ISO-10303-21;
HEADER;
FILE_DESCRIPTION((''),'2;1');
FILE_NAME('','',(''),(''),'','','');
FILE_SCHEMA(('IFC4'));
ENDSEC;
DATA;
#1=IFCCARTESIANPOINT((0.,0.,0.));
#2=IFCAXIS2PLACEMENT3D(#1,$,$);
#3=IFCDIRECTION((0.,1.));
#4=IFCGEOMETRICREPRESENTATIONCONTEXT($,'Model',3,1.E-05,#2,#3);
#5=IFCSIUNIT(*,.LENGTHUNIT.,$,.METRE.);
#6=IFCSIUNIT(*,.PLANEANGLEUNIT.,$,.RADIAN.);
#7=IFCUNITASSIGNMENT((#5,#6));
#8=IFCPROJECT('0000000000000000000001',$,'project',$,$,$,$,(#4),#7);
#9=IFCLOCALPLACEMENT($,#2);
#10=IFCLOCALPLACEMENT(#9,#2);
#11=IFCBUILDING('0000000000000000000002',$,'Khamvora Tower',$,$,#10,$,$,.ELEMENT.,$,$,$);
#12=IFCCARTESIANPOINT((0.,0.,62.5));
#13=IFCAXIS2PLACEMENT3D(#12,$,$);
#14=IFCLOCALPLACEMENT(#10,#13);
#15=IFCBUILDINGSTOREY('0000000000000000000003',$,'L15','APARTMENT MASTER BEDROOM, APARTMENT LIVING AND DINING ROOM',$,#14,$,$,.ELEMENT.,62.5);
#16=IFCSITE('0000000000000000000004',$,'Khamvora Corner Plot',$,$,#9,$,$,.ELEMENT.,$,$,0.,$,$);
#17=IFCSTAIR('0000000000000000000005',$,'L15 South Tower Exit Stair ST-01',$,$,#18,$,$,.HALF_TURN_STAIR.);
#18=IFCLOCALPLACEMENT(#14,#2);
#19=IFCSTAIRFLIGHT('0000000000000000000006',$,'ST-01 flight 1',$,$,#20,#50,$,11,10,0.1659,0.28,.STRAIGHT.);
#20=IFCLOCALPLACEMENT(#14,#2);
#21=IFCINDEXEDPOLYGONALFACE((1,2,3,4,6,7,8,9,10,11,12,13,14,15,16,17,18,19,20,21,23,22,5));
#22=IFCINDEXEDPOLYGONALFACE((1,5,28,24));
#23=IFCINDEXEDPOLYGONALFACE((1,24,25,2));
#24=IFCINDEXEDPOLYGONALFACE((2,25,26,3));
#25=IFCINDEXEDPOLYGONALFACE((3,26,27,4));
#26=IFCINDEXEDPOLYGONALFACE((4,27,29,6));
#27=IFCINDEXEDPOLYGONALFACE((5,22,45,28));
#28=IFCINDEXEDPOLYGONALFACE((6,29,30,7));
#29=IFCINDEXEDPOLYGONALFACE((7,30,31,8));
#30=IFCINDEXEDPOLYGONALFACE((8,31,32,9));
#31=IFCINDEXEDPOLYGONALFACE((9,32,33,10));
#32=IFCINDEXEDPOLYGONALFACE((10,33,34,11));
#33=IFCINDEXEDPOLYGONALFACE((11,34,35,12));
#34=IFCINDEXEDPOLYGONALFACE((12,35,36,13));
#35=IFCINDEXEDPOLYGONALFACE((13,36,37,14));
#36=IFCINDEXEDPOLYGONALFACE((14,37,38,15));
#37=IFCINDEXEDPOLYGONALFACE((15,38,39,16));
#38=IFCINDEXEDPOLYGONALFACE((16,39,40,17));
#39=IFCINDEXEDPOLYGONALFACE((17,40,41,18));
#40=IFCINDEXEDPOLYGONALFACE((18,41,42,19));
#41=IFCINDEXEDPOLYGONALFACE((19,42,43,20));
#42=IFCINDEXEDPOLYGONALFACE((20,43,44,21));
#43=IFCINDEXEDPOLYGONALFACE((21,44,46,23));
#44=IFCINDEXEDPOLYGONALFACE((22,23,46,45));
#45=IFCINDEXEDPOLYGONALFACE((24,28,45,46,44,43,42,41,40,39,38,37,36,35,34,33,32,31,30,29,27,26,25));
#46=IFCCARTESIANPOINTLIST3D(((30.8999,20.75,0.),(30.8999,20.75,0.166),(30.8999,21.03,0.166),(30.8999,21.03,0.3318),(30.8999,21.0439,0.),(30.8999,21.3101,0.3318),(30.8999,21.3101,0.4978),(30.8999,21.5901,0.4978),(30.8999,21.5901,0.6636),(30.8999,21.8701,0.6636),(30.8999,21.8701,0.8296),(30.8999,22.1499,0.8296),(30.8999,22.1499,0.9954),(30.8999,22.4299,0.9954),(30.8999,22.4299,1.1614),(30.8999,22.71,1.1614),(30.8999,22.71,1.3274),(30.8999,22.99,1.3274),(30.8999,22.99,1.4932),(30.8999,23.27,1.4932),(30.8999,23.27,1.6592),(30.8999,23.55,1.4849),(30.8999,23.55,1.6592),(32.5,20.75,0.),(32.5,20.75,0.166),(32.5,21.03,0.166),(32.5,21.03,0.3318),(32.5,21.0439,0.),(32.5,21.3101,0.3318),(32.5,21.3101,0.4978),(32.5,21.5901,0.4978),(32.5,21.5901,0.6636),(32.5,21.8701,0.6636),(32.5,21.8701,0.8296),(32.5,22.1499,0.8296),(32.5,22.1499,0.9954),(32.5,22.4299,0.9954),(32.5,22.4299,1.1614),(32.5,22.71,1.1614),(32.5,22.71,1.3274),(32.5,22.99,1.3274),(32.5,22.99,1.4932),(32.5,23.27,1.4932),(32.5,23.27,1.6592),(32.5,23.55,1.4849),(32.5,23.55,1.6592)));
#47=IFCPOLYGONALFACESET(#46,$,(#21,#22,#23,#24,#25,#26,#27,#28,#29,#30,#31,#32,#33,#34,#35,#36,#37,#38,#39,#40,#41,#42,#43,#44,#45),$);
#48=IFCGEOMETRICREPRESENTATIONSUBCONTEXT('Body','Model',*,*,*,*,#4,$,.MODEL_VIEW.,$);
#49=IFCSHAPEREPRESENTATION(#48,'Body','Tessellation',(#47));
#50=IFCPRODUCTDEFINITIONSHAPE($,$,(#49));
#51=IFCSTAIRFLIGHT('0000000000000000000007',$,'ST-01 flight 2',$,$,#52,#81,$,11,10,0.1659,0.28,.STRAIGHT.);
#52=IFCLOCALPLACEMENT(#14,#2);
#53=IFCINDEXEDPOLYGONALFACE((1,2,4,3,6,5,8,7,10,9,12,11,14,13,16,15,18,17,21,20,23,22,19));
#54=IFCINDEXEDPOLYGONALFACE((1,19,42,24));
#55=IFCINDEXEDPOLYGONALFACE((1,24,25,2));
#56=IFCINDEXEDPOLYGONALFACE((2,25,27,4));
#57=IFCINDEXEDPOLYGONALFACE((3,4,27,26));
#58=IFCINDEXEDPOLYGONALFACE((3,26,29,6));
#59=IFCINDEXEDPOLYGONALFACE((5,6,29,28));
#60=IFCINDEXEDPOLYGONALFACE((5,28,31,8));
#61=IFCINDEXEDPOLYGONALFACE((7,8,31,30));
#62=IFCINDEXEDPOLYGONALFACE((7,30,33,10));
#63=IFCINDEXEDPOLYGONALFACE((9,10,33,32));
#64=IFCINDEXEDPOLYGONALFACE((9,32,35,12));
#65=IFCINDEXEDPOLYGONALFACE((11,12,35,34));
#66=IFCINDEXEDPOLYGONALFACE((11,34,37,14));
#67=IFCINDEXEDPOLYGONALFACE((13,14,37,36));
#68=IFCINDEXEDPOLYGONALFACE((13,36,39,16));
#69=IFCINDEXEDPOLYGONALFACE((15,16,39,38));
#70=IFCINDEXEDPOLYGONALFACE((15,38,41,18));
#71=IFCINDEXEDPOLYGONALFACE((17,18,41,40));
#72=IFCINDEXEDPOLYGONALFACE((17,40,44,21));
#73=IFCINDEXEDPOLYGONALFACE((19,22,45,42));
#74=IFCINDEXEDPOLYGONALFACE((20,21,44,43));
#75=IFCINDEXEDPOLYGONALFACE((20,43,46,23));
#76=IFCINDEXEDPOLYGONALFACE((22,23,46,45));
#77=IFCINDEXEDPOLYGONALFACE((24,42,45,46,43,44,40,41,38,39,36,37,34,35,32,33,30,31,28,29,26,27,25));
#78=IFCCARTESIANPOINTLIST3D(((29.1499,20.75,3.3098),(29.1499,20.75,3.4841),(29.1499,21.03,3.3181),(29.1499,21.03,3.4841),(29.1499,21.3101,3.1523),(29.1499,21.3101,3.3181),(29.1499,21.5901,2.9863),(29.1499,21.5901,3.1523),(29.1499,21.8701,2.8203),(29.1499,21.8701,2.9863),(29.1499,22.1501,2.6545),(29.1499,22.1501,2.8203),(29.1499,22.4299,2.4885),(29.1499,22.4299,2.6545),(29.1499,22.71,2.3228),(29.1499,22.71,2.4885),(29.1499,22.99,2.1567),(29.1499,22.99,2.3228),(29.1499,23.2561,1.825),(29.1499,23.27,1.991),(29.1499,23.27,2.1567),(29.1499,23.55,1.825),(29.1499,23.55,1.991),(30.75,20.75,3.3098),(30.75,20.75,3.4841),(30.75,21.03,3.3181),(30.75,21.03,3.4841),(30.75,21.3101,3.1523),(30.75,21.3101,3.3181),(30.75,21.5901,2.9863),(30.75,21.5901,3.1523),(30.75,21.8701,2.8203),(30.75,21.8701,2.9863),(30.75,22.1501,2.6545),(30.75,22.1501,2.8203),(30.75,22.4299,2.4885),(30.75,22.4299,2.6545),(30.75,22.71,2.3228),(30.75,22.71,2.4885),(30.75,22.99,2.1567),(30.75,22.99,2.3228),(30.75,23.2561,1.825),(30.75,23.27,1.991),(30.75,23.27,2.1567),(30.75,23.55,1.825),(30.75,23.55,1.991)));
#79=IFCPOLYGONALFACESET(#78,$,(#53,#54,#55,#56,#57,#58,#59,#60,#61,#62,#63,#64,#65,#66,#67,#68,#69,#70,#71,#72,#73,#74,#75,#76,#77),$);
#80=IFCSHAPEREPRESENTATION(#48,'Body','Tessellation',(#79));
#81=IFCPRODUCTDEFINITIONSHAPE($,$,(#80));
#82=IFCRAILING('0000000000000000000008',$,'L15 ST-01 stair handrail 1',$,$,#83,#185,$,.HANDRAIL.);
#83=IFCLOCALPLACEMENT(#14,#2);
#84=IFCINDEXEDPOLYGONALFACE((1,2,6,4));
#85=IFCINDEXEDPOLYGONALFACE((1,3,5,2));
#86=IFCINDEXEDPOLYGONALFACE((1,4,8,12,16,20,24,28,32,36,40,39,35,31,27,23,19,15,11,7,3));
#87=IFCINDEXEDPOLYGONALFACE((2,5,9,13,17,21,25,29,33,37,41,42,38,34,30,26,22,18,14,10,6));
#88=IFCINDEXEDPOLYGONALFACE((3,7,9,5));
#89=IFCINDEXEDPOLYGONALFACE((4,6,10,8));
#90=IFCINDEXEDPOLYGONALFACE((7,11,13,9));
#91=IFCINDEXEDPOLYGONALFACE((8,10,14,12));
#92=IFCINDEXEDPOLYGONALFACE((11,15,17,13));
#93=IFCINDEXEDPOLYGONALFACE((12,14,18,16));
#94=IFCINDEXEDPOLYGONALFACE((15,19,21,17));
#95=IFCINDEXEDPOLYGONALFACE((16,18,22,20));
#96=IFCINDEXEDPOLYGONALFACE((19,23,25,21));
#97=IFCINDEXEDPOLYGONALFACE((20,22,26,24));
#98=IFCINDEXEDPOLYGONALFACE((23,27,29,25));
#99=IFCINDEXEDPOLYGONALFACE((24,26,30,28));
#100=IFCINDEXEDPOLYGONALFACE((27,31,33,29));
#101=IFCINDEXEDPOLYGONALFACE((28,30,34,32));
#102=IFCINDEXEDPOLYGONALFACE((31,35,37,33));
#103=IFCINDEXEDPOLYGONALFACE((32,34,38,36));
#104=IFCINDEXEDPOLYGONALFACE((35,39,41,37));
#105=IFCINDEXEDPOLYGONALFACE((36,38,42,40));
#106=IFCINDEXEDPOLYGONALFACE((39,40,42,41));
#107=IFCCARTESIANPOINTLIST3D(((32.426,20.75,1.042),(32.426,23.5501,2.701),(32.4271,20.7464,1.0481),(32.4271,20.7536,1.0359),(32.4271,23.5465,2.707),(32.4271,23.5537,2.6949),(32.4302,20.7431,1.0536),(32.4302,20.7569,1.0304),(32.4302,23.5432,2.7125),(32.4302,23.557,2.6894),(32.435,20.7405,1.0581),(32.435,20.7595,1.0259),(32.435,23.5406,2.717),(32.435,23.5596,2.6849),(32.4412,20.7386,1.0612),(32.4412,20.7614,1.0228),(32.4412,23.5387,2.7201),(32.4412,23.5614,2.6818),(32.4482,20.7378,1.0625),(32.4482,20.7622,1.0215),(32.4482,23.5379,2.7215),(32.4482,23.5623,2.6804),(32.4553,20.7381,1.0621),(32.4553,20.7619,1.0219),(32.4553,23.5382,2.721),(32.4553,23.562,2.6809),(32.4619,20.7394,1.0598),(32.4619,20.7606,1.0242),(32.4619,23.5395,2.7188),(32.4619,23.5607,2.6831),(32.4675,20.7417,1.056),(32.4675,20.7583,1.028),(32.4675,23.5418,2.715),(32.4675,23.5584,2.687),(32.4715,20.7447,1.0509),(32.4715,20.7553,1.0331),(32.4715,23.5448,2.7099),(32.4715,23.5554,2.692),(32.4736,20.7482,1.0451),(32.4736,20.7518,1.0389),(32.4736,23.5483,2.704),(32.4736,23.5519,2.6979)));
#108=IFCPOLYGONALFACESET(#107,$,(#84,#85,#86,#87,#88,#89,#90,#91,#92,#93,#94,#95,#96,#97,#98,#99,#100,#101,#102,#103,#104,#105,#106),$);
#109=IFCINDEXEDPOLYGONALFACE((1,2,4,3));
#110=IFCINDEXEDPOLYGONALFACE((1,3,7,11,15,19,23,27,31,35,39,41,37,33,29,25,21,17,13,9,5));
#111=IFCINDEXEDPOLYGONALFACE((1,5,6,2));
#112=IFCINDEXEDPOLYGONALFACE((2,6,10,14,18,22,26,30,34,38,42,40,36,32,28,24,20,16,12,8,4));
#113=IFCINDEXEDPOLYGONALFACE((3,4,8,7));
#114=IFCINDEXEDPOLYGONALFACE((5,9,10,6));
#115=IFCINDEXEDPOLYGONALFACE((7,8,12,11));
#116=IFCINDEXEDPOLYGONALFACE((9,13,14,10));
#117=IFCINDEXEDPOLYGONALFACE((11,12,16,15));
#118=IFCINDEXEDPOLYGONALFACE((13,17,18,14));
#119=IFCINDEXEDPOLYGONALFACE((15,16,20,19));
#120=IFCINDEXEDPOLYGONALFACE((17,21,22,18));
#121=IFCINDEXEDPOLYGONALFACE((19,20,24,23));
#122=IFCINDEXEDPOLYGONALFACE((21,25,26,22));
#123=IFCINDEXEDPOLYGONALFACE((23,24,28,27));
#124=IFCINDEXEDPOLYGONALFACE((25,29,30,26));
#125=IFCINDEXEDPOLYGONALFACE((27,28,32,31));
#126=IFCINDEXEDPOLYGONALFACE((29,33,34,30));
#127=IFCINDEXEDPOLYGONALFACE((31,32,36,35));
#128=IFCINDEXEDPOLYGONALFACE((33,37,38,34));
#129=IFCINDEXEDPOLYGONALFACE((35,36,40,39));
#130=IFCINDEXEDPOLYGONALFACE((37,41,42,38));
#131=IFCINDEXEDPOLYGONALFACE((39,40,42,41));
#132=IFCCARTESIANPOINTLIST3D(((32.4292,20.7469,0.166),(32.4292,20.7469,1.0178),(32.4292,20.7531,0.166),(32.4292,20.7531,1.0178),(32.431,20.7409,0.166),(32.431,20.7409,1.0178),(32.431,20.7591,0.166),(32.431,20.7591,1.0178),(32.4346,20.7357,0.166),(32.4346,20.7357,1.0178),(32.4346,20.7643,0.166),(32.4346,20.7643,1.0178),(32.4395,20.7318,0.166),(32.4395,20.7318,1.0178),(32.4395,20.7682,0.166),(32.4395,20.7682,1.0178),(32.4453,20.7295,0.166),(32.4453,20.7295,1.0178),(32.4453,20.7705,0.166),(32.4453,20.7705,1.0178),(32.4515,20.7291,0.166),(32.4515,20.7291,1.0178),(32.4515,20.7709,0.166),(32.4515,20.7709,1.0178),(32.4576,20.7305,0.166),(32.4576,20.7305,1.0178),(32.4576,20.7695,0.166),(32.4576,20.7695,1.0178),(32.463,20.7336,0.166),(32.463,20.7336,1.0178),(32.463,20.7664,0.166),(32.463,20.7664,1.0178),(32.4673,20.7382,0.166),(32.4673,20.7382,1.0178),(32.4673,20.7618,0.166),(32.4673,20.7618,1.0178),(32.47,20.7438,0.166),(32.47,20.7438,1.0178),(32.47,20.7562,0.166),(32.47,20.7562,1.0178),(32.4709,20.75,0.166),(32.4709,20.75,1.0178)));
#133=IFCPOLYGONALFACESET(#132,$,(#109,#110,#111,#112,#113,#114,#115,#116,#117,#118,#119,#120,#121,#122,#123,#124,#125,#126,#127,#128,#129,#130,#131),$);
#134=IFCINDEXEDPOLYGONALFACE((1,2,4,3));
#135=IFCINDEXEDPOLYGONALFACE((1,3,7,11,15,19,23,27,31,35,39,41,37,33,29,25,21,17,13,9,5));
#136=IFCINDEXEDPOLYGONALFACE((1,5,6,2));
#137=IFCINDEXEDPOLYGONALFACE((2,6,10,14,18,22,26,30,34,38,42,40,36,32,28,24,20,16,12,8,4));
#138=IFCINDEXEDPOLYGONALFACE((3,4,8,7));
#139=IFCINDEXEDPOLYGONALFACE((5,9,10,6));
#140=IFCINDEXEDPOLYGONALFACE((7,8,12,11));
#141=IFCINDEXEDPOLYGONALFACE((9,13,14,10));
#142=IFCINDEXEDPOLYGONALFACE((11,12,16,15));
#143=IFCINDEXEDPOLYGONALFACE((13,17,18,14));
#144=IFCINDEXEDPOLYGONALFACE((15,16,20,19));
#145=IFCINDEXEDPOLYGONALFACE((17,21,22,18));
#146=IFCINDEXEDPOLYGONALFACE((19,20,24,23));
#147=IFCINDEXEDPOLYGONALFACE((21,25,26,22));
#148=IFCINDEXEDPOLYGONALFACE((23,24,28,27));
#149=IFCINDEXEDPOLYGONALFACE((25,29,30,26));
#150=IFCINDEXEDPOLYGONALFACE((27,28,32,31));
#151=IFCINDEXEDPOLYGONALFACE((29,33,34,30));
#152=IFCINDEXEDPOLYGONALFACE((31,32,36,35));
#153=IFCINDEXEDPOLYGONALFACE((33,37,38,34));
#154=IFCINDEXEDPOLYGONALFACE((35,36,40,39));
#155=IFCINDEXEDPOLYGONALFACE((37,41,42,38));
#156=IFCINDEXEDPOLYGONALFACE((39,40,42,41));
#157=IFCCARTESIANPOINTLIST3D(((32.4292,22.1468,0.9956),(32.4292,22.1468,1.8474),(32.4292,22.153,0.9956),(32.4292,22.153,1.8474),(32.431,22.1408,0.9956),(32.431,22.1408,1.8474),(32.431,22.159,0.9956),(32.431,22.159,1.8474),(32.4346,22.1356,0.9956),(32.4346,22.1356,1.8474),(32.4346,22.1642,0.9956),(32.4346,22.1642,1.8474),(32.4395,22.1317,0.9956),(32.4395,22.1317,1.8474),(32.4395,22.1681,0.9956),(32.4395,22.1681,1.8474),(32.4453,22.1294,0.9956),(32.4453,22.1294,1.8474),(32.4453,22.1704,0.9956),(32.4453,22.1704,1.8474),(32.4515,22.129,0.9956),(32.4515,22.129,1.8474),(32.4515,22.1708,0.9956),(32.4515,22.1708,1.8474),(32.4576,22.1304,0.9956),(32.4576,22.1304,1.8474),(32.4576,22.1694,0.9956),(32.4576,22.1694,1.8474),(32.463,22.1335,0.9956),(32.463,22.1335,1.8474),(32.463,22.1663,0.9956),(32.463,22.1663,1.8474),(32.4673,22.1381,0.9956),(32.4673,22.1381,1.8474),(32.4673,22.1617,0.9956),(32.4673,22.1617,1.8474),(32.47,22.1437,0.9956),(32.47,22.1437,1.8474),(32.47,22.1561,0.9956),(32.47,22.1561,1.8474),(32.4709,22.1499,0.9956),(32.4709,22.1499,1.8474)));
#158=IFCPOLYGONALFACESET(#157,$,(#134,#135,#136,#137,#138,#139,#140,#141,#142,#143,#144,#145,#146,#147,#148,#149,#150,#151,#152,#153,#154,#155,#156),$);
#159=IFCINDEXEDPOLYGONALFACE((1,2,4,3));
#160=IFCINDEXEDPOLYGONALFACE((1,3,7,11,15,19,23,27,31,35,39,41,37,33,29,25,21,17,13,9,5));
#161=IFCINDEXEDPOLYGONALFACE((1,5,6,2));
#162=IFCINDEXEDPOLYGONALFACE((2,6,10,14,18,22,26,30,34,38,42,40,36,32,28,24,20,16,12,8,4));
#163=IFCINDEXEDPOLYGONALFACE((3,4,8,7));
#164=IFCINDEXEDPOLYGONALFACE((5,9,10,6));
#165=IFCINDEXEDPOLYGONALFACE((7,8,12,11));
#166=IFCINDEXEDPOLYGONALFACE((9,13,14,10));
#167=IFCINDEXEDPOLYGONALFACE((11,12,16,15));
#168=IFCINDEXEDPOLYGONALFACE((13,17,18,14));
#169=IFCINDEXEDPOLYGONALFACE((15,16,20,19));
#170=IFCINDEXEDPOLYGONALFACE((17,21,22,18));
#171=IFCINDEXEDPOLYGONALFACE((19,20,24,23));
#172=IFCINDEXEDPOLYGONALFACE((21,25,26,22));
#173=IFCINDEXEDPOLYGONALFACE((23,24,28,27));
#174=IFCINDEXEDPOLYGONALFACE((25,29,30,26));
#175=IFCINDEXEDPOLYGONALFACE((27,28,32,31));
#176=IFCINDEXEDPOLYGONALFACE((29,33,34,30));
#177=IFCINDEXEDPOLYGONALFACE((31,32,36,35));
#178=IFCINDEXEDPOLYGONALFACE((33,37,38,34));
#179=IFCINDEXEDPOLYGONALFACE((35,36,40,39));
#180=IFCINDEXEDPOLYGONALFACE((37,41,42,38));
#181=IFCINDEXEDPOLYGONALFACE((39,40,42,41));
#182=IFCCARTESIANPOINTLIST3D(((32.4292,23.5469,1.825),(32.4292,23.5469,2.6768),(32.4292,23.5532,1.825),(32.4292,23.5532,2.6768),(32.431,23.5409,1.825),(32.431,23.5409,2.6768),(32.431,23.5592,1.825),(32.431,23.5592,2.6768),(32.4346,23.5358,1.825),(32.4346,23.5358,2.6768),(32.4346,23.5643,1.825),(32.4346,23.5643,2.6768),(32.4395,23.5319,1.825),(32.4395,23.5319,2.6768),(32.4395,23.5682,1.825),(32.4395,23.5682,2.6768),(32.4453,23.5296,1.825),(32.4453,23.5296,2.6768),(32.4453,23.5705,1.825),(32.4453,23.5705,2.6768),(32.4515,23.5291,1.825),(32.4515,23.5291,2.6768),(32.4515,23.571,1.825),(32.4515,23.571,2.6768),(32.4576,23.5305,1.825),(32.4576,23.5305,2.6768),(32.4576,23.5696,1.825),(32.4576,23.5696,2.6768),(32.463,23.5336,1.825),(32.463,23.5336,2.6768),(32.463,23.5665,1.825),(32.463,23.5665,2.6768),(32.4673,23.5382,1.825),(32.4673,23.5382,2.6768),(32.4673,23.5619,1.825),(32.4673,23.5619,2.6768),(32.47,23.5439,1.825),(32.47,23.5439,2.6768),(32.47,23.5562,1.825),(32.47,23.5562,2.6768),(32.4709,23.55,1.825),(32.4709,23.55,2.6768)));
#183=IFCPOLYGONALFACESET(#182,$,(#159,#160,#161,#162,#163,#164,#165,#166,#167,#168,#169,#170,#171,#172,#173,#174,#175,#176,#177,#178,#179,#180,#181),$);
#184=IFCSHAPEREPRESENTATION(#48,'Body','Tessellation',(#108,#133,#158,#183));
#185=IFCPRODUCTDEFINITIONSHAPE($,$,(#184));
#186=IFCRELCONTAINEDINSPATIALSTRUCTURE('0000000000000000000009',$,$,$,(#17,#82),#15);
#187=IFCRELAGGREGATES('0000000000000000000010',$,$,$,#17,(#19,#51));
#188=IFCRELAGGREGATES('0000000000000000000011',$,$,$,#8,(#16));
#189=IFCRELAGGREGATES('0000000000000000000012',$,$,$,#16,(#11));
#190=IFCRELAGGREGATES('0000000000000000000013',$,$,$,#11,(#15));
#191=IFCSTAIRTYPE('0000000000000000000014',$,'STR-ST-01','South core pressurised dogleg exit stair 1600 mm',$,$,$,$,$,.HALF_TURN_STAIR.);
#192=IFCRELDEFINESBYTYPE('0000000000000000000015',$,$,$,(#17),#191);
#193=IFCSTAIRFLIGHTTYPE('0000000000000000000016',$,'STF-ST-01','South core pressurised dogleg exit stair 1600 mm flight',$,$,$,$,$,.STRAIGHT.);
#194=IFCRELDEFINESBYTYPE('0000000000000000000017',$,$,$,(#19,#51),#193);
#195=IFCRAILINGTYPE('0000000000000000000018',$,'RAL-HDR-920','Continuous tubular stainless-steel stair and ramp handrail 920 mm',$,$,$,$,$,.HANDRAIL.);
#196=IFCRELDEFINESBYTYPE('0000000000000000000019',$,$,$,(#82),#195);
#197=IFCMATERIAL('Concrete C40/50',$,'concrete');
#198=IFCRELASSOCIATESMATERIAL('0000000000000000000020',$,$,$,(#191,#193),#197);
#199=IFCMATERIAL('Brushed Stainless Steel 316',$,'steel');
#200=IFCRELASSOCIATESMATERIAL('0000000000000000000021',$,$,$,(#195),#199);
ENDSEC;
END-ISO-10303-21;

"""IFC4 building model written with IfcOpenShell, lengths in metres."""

from ifc_helpers import new_model, si_unit, direction, frame, origin, origin_2d, place, context, subcontext, project, spatial, polyline, circle, outline, extrude, material, type_object, element, aggregate, save


model = new_model("IFC4")

# Units and contexts
model_context = context("Model", 3, precision=1e-05, world=origin(), true_north=direction((0.0, 1.0)))
body_context = subcontext(model_context, "Body", "Model", "MODEL_VIEW")
ifc_project = project(units=[si_unit("LENGTHUNIT", "METRE"), si_unit("PLANEANGLEUNIT", "RADIAN")], contexts=[model_context])

# Site, building, storey
site_placement = place(None, origin())
site = spatial("IfcSite", under=ifc_project, at=site_placement, Name="Khamvora Corner Plot", CompositionType="ELEMENT", RefElevation=0.0)
building_placement = place(site_placement, origin())
building = spatial("IfcBuilding", under=site, at=building_placement, Name="Khamvora Tower", CompositionType="ELEMENT")
storey_placement = place(building_placement, frame((0.0, 0.0, 62.5)))
storey = spatial("IfcBuildingStorey", under=building, at=storey_placement, Name="L15", Description="APARTMENT MASTER BEDROOM, APARTMENT LIVING AND DINING ROOM", CompositionType="ELEMENT", Elevation=62.5)

# Shared definitions
ifc_material_1 = material(Name="Concrete C40/50", Category="concrete")

# Stair, stair flights
stair_type = type_object("IfcStairType", Name="STR-ST-01", Description="South core pressurised dogleg exit stair 1600 mm", PredefinedType="HALF_TURN_STAIR", material=ifc_material_1)
stair_placement = place(storey_placement, origin())
stair = element("IfcStair", 1, at=stair_placement, inside=storey, type_object=stair_type, Name="L15 South Tower Exit Stair ST-01", PredefinedType="HALF_TURN_STAIR")
stair_flight_type = type_object("IfcStairFlightType", Name="STF-ST-01", Description="South core pressurised dogleg exit stair 1600 mm flight", PredefinedType="STRAIGHT", material=ifc_material_1)
stair_flight_1_placement = place(storey_placement, frame((31.7, 20.75, 0.0), z_axis=(0.0, 0.0, 1.0), x_axis=(0.0, 1.0, 0.0)))
stair_flight_1 = element("IfcStairFlight", 2, at=stair_flight_1_placement, type_object=stair_flight_type, Name="ST-01 flight 1", NumberOfRisers=11, NumberOfTreads=10, PredefinedType="STRAIGHT", RiserHeight=0.1659, TreadLength=0.28, context=body_context, shape_type="SweptSolid", body=[
    extrude(outline(polyline([(0.0, 0.0), (0.0, 0.166), (0.28, 0.166), (0.28, 0.3318), (0.5601, 0.3318), (0.5601, 0.4978), (0.8401, 0.4978), (0.8401, 0.6636), (1.1201, 0.6636), (1.1201, 0.8296), (1.3999, 0.8296), (1.3999, 0.9954), (1.6799, 0.9954), (1.6799, 1.1614), (1.96, 1.1614), (1.96, 1.3274), (2.24, 1.3274), (2.24, 1.4932), (2.52, 1.4932), (2.52, 1.6592), (2.8, 1.6592), (2.8, 1.825), (2.8, 1.4849), (0.2939, 0.0), (0.0, 0.0)])), frame((0.0, 0.8, 0.0), z_axis=(0.0, -1.0, 0.0), x_axis=(1.0, 0.0, 0.0)), (0.0, 0.0, 1.0), 1.6001),
])
stair_flight_2_placement = place(storey_placement, frame((29.95, 23.55, 1.825), z_axis=(0.0, 0.0, 1.0), x_axis=(0.0, -1.0, 0.0)))
stair_flight_2 = element("IfcStairFlight", 3, at=stair_flight_2_placement, type_object=stair_flight_type, Name="ST-01 flight 2", NumberOfRisers=11, NumberOfTreads=10, PredefinedType="STRAIGHT", RiserHeight=0.1659, TreadLength=0.28, context=body_context, shape_type="SweptSolid", body=[
    extrude(outline(polyline([(0.0, 0.0), (0.0, 0.166), (0.28, 0.166), (0.28, 0.3318), (0.5601, 0.3318), (0.5601, 0.4978), (0.8401, 0.4978), (0.8401, 0.6636), (1.1201, 0.6636), (1.1201, 0.8296), (1.3999, 0.8296), (1.3999, 0.9954), (1.6799, 0.9954), (1.6799, 1.1614), (1.96, 1.1614), (1.96, 1.3274), (2.24, 1.3274), (2.24, 1.4932), (2.52, 1.4932), (2.52, 1.6592), (2.8, 1.6592), (2.8, 1.825), (2.8, 1.4849), (0.2939, 0.0), (0.0, 0.0)])), frame((0.0, 0.8, 0.0), z_axis=(0.0, -1.0, 0.0), x_axis=(1.0, 0.0, 0.0)), (0.0, 0.0, 1.0), 1.6001),
])
aggregate(stair, [stair_flight_1, stair_flight_2])

# Railing
ifc_material_2 = material(Name="Brushed Stainless Steel 316", Category="steel")
railing_type_1 = type_object("IfcRailingType", Name="RAL-HDR-920", Description="Continuous tubular stainless-steel stair and ramp handrail 920 mm", PredefinedType="HANDRAIL", material=ifc_material_2)
railing_1_placement = place(storey_placement, frame((32.45, 20.75, 0.166)))
element("IfcRailing", 4, at=railing_1_placement, inside=storey, type_object=railing_type_1, Name="L15 ST-01 stair handrail 1", PredefinedType="HANDRAIL", context=body_context, shape_type="SweptSolid", body=[
    extrude(circle(Radius=0.0239, at=origin_2d()), frame((0.0, 0.0, 0.876), z_axis=(0.0, 0.860339, 0.509722), x_axis=(-1.0, 0.0, 0.0)), (0.0, 0.0, 1.0), 3.2546),
    extrude(circle(Radius=0.021, at=origin_2d()), origin(), (0.0, 0.0, 1.0), 0.8518),
    extrude(circle(Radius=0.021, at=origin_2d()), frame((0.0, 1.3999, 0.8296)), (0.0, 0.0, 1.0), 0.8518),
    extrude(circle(Radius=0.021, at=origin_2d()), frame((0.0, 2.8, 1.6589)), (0.0, 0.0, 1.0), 0.8518),
])

save(model, "model.ifc")
